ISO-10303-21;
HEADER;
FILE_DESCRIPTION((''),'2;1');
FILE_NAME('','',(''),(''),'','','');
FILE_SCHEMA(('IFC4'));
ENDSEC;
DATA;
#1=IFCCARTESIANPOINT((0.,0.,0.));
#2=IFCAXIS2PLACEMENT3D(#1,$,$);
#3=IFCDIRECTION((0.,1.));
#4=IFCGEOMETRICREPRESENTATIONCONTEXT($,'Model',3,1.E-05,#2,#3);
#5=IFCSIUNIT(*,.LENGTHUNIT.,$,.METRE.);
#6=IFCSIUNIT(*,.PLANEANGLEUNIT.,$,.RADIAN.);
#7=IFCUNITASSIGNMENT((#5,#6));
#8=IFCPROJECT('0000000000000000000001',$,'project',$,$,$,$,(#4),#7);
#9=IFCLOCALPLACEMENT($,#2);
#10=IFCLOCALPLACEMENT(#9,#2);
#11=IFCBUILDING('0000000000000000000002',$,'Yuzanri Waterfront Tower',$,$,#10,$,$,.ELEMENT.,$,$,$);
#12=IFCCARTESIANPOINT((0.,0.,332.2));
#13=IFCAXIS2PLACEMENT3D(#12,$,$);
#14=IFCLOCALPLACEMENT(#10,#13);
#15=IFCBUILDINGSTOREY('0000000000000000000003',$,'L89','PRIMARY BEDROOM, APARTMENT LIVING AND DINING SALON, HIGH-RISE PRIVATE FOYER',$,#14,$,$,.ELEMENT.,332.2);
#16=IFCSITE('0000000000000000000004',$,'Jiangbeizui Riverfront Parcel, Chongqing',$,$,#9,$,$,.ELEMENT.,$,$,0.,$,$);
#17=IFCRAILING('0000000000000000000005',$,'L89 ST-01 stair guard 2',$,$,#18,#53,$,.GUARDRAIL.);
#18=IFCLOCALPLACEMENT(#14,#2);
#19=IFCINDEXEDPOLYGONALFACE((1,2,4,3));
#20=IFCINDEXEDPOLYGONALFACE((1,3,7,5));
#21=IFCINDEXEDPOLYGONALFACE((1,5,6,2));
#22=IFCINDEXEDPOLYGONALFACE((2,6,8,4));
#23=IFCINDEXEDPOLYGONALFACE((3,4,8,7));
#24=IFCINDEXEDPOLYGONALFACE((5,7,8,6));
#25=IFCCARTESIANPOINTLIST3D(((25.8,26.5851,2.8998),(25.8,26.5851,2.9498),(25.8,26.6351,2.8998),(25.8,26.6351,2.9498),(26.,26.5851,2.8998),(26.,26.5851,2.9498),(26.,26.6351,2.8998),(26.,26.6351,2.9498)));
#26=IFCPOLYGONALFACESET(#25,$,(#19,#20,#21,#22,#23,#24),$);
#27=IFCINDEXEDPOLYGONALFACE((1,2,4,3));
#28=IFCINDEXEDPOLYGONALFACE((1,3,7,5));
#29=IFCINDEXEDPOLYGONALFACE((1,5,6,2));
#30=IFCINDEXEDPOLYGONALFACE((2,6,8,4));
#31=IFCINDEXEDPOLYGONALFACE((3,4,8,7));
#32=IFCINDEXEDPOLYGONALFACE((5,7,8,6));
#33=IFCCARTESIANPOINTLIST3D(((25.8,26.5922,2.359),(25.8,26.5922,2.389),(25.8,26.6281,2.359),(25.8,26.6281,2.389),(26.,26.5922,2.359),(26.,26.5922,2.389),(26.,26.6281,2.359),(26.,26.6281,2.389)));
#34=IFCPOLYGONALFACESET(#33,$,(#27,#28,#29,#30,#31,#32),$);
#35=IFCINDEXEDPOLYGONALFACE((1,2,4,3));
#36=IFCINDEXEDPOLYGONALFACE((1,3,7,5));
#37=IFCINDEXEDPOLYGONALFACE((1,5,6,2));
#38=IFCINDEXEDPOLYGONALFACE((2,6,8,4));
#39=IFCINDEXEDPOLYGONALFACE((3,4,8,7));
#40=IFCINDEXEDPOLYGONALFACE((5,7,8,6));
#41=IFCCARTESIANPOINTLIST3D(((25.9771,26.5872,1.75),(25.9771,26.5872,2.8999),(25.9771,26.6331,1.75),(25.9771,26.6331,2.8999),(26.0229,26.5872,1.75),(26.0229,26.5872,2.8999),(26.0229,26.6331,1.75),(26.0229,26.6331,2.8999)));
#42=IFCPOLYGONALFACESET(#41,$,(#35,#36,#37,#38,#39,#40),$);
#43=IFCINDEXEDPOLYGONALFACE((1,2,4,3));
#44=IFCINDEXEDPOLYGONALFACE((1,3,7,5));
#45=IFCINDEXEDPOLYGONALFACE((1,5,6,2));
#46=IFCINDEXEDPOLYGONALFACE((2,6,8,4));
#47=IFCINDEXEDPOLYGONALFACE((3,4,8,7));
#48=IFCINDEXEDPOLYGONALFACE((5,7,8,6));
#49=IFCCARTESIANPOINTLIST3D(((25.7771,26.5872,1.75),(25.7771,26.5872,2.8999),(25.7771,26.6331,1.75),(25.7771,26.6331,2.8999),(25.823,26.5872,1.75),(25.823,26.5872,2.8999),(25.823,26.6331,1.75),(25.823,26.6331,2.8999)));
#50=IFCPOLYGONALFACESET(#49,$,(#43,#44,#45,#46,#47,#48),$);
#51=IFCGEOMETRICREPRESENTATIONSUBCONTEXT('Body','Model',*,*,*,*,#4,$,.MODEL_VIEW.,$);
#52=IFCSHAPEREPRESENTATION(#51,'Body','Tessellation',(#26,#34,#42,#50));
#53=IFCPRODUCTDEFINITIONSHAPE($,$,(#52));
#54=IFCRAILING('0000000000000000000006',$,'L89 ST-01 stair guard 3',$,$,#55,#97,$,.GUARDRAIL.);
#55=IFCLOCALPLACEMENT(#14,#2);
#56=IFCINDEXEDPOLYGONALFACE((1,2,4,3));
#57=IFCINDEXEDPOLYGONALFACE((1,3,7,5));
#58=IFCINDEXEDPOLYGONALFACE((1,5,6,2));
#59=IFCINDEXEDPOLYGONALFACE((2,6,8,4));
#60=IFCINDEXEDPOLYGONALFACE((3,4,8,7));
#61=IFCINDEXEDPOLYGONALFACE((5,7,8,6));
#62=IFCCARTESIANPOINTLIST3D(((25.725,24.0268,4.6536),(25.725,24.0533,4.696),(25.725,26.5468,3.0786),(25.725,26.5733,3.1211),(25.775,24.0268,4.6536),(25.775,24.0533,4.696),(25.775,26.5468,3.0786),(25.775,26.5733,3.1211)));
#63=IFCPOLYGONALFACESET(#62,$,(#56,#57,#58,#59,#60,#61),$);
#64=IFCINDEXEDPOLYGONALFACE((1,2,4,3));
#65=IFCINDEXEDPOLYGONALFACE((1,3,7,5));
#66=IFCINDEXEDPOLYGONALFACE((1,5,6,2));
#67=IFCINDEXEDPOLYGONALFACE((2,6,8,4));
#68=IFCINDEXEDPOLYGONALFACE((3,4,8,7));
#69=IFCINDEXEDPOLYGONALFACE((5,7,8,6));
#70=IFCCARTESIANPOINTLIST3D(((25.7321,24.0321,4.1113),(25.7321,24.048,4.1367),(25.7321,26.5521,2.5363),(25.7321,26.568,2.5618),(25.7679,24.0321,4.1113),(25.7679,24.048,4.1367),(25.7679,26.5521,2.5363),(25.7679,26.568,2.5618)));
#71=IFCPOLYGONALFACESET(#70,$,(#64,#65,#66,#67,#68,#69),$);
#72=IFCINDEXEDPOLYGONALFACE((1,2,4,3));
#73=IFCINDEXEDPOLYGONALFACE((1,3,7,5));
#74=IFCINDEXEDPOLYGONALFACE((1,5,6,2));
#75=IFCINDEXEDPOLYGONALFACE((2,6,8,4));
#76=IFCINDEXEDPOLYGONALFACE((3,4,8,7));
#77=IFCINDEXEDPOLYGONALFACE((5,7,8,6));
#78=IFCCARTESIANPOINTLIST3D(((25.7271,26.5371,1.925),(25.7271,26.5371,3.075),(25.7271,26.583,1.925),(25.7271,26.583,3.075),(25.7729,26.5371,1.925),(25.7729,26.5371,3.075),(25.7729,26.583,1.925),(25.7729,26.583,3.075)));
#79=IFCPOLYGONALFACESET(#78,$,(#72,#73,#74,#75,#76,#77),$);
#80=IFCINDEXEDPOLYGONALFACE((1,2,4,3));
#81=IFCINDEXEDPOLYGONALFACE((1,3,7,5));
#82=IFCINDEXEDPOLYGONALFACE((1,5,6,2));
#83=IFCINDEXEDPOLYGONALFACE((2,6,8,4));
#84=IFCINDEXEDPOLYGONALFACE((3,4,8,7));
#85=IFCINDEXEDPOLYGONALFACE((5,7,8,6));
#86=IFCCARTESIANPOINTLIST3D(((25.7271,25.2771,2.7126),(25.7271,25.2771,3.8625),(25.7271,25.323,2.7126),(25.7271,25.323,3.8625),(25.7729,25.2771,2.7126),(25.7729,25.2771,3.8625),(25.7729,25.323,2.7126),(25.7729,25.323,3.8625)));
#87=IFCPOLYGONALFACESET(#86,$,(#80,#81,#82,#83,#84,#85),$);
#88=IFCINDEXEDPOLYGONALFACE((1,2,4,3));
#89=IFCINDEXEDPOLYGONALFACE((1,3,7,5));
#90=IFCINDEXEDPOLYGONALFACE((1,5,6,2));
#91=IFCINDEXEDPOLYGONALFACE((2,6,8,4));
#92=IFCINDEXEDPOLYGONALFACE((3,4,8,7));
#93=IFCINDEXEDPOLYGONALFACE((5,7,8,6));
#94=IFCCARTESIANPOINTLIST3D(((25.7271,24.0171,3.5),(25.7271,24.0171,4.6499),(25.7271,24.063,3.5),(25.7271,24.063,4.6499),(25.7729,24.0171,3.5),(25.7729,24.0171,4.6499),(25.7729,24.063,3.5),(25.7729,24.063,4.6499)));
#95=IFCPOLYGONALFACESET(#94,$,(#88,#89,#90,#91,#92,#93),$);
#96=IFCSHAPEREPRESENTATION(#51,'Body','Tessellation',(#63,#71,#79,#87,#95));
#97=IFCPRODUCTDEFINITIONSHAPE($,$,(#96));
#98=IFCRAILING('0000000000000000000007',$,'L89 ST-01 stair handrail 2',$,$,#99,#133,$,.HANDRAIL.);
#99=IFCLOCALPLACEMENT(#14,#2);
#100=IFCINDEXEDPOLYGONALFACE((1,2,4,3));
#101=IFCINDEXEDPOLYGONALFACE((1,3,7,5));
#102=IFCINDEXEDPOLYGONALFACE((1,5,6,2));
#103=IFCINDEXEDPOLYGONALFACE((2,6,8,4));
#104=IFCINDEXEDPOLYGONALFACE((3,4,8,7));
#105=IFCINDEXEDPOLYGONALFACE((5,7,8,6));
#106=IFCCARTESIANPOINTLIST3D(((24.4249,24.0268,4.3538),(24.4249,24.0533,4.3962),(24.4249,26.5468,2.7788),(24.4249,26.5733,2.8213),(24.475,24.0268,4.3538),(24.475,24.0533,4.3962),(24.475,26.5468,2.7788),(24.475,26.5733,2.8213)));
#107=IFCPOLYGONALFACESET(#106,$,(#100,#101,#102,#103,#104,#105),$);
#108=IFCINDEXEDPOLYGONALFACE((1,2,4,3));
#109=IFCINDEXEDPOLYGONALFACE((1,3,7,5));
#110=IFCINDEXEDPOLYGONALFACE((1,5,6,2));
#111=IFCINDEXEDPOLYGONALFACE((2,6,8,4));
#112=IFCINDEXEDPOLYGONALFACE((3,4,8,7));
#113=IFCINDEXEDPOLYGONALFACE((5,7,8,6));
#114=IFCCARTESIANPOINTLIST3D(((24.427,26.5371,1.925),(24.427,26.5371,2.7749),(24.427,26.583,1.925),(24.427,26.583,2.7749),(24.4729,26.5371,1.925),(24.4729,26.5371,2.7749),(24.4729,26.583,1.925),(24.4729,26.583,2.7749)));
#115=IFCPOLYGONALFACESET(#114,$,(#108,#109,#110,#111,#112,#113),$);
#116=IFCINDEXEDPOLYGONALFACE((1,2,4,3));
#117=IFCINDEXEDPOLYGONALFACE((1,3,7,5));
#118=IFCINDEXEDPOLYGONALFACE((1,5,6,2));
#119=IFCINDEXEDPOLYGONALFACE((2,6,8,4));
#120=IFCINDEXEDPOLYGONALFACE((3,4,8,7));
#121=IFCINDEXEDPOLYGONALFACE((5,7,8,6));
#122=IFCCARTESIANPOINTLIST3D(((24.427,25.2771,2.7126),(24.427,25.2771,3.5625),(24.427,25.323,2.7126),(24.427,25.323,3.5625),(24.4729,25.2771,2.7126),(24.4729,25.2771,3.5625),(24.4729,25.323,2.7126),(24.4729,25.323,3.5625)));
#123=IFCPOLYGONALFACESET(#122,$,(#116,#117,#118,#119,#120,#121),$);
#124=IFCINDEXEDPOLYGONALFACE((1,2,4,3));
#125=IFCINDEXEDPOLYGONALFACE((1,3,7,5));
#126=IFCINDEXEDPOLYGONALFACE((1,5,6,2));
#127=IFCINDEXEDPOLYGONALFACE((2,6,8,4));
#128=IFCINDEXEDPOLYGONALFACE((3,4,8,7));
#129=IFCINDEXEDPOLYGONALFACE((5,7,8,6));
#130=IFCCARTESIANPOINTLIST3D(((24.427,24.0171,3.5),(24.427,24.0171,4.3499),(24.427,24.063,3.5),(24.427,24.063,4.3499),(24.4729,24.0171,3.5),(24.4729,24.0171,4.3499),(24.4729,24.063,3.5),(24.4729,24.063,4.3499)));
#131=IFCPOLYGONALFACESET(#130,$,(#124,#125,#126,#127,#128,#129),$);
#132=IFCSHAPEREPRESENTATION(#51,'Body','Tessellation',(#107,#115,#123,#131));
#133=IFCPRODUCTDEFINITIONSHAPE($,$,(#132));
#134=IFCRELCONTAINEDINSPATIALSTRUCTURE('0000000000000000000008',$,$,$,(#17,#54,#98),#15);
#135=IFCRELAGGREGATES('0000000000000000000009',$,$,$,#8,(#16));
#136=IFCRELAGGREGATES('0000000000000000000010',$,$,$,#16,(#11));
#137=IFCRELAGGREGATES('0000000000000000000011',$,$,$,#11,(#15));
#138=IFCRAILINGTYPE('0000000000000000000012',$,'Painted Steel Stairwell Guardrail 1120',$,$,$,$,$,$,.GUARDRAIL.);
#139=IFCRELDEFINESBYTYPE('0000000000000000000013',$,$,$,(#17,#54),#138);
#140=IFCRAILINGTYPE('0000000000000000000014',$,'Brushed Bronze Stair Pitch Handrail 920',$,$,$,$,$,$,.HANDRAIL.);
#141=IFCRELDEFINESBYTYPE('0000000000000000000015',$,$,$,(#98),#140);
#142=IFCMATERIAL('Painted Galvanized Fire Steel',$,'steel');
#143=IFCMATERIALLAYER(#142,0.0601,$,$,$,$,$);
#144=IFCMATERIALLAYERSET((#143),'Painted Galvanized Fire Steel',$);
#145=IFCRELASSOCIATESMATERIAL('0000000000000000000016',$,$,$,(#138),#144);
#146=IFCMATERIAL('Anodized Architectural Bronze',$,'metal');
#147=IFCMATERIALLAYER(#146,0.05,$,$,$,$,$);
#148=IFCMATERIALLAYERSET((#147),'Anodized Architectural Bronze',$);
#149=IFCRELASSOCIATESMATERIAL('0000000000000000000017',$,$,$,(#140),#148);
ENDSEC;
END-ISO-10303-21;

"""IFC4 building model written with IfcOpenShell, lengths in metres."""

from ifc_helpers import new_model, si_unit, direction, frame, origin, origin_2d, place, context, subcontext, project, spatial, rectangle, extrude, source, transform, mapped, material, layer, layer_set, type_object, element, save


model = new_model("IFC4")

# Units and contexts
model_context = context("Model", 3, precision=1e-05, world=origin(), true_north=direction((0.0, 1.0)))
body_context = subcontext(model_context, "Body", "Model", "MODEL_VIEW")
ifc_project = project(units=[si_unit("LENGTHUNIT", "METRE"), si_unit("PLANEANGLEUNIT", "RADIAN")], contexts=[model_context])

# Site, building, storey
site_placement = place(None, origin())
site = spatial("IfcSite", under=ifc_project, at=site_placement, Name="Jiangbeizui Riverfront Parcel, Chongqing", CompositionType="ELEMENT", RefElevation=0.0)
building_placement = place(site_placement, origin())
building = spatial("IfcBuilding", under=site, at=building_placement, Name="Yuzanri Waterfront Tower", CompositionType="ELEMENT")
storey_placement = place(building_placement, frame((0.0, 0.0, 332.2)))
storey = spatial("IfcBuildingStorey", under=building, at=storey_placement, Name="L89", Description="PRIMARY BEDROOM, APARTMENT LIVING AND DINING SALON, HIGH-RISE PRIVATE FOYER", CompositionType="ELEMENT", Elevation=332.2)

# Railings
ifc_material_1 = material(Name="Painted Galvanized Fire Steel", Category="steel")
ifc_layer_1 = layer(ifc_material_1, 0.0601)
ifc_layer_set_1 = layer_set([ifc_layer_1], Name="Painted Galvanized Fire Steel")
railing_type_1 = type_object("IfcRailingType", Name="Painted Steel Stairwell Guardrail 1120", PredefinedType="GUARDRAIL", material=ifc_layer_set_1)
shared_shape_1 = source(origin(), body_context, "Body", "SweptSolid", [
    extrude(rectangle(XDim=0.05, YDim=0.05, at=origin_2d()), frame((0.0, 0.0, 1.1748), z_axis=(-1.0, 0.0, 0.0), x_axis=(0.0, -1.0, 0.0)), (0.0, 0.0, 1.0), 0.2),
    extrude(rectangle(XDim=0.0359, YDim=0.03, at=origin_2d()), frame((0.0, 0.0, 0.624), z_axis=(-1.0, 0.0, 0.0), x_axis=(0.0, -1.0, 0.0)), (0.0, 0.0, 1.0), 0.2),
    extrude(rectangle(XDim=0.0459, YDim=0.0459, at=origin_2d()), origin(), (0.0, 0.0, 1.0), 1.1499),
    extrude(rectangle(XDim=0.0459, YDim=0.0459, at=origin_2d()), frame((-0.2, 0.0, 0.0)), (0.0, 0.0, 1.0), 1.1499),
])
railing_1_placement = place(storey_placement, frame((26.0, 26.6101, 1.75)))
element("IfcRailing", 1, at=railing_1_placement, inside=storey, type_object=railing_type_1, Name="L89 ST-01 stair guard 2", PredefinedType="GUARDRAIL", context=body_context, shape_type="MappedRepresentation", body=[
    mapped(shared_shape_1, transform((0.0, 0.0, 0.0), scale=1.0)),
])
shared_shape_2 = source(origin(), body_context, "Body", "SweptSolid", [
    extrude(rectangle(XDim=0.05, YDim=0.05, at=origin_2d()), frame((0.0, 0.0, 1.1748), z_axis=(0.0, -0.848008, 0.529984), x_axis=(1.0, 0.0, 0.0)), (0.0, 0.0, 1.0), 2.9717),
    extrude(rectangle(XDim=0.0359, YDim=0.03, at=origin_2d()), frame((0.0, 0.0, 0.624), z_axis=(0.0, -0.848008, 0.529984), x_axis=(1.0, 0.0, 0.0)), (0.0, 0.0, 1.0), 2.9717),
    extrude(rectangle(XDim=0.0459, YDim=0.0459, at=origin_2d()), origin(), (0.0, 0.0, 1.0), 1.1499),
    extrude(rectangle(XDim=0.0459, YDim=0.0459, at=origin_2d()), frame((0.0, -1.26, 0.7876)), (0.0, 0.0, 1.0), 1.1499),
    extrude(rectangle(XDim=0.0459, YDim=0.0459, at=origin_2d()), frame((0.0, -2.52, 1.575)), (0.0, 0.0, 1.0), 1.1499),
])
railing_2_placement = place(storey_placement, frame((25.75, 26.5601, 1.925)))
element("IfcRailing", 2, at=railing_2_placement, inside=storey, type_object=railing_type_1, Name="L89 ST-01 stair guard 3", PredefinedType="GUARDRAIL", context=body_context, shape_type="MappedRepresentation", body=[
    mapped(shared_shape_2, transform((0.0, 0.0, 0.0), scale=1.0)),
])
ifc_material_2 = material(Name="Anodized Architectural Bronze", Category="metal")
ifc_layer_2 = layer(ifc_material_2, 0.05)
ifc_layer_set_2 = layer_set([ifc_layer_2], Name="Anodized Architectural Bronze")
railing_type_2 = type_object("IfcRailingType", Name="Brushed Bronze Stair Pitch Handrail 920", PredefinedType="HANDRAIL", material=ifc_layer_set_2)
shared_shape_3 = source(origin(), body_context, "Body", "SweptSolid", [
    extrude(rectangle(XDim=0.05, YDim=0.05, at=origin_2d()), frame((0.0, 0.0, 0.875), z_axis=(0.0, -0.848008, 0.529984), x_axis=(1.0, 0.0, 0.0)), (0.0, 0.0, 1.0), 2.9717),
    extrude(rectangle(XDim=0.0459, YDim=0.0459, at=origin_2d()), origin(), (0.0, 0.0, 1.0), 0.8499),
    extrude(rectangle(XDim=0.0459, YDim=0.0459, at=origin_2d()), frame((0.0, -1.26, 0.7876)), (0.0, 0.0, 1.0), 0.8499),
    extrude(rectangle(XDim=0.0459, YDim=0.0459, at=origin_2d()), frame((0.0, -2.52, 1.575)), (0.0, 0.0, 1.0), 0.8499),
])
railing_3_placement = place(storey_placement, frame((24.45, 26.5601, 1.925)))
element("IfcRailing", 3, at=railing_3_placement, inside=storey, type_object=railing_type_2, Name="L89 ST-01 stair handrail 2", PredefinedType="HANDRAIL", context=body_context, shape_type="MappedRepresentation", body=[
    mapped(shared_shape_3, transform((0.0, 0.0, 0.0), scale=1.0)),
])

save(model, "model.ifc")
